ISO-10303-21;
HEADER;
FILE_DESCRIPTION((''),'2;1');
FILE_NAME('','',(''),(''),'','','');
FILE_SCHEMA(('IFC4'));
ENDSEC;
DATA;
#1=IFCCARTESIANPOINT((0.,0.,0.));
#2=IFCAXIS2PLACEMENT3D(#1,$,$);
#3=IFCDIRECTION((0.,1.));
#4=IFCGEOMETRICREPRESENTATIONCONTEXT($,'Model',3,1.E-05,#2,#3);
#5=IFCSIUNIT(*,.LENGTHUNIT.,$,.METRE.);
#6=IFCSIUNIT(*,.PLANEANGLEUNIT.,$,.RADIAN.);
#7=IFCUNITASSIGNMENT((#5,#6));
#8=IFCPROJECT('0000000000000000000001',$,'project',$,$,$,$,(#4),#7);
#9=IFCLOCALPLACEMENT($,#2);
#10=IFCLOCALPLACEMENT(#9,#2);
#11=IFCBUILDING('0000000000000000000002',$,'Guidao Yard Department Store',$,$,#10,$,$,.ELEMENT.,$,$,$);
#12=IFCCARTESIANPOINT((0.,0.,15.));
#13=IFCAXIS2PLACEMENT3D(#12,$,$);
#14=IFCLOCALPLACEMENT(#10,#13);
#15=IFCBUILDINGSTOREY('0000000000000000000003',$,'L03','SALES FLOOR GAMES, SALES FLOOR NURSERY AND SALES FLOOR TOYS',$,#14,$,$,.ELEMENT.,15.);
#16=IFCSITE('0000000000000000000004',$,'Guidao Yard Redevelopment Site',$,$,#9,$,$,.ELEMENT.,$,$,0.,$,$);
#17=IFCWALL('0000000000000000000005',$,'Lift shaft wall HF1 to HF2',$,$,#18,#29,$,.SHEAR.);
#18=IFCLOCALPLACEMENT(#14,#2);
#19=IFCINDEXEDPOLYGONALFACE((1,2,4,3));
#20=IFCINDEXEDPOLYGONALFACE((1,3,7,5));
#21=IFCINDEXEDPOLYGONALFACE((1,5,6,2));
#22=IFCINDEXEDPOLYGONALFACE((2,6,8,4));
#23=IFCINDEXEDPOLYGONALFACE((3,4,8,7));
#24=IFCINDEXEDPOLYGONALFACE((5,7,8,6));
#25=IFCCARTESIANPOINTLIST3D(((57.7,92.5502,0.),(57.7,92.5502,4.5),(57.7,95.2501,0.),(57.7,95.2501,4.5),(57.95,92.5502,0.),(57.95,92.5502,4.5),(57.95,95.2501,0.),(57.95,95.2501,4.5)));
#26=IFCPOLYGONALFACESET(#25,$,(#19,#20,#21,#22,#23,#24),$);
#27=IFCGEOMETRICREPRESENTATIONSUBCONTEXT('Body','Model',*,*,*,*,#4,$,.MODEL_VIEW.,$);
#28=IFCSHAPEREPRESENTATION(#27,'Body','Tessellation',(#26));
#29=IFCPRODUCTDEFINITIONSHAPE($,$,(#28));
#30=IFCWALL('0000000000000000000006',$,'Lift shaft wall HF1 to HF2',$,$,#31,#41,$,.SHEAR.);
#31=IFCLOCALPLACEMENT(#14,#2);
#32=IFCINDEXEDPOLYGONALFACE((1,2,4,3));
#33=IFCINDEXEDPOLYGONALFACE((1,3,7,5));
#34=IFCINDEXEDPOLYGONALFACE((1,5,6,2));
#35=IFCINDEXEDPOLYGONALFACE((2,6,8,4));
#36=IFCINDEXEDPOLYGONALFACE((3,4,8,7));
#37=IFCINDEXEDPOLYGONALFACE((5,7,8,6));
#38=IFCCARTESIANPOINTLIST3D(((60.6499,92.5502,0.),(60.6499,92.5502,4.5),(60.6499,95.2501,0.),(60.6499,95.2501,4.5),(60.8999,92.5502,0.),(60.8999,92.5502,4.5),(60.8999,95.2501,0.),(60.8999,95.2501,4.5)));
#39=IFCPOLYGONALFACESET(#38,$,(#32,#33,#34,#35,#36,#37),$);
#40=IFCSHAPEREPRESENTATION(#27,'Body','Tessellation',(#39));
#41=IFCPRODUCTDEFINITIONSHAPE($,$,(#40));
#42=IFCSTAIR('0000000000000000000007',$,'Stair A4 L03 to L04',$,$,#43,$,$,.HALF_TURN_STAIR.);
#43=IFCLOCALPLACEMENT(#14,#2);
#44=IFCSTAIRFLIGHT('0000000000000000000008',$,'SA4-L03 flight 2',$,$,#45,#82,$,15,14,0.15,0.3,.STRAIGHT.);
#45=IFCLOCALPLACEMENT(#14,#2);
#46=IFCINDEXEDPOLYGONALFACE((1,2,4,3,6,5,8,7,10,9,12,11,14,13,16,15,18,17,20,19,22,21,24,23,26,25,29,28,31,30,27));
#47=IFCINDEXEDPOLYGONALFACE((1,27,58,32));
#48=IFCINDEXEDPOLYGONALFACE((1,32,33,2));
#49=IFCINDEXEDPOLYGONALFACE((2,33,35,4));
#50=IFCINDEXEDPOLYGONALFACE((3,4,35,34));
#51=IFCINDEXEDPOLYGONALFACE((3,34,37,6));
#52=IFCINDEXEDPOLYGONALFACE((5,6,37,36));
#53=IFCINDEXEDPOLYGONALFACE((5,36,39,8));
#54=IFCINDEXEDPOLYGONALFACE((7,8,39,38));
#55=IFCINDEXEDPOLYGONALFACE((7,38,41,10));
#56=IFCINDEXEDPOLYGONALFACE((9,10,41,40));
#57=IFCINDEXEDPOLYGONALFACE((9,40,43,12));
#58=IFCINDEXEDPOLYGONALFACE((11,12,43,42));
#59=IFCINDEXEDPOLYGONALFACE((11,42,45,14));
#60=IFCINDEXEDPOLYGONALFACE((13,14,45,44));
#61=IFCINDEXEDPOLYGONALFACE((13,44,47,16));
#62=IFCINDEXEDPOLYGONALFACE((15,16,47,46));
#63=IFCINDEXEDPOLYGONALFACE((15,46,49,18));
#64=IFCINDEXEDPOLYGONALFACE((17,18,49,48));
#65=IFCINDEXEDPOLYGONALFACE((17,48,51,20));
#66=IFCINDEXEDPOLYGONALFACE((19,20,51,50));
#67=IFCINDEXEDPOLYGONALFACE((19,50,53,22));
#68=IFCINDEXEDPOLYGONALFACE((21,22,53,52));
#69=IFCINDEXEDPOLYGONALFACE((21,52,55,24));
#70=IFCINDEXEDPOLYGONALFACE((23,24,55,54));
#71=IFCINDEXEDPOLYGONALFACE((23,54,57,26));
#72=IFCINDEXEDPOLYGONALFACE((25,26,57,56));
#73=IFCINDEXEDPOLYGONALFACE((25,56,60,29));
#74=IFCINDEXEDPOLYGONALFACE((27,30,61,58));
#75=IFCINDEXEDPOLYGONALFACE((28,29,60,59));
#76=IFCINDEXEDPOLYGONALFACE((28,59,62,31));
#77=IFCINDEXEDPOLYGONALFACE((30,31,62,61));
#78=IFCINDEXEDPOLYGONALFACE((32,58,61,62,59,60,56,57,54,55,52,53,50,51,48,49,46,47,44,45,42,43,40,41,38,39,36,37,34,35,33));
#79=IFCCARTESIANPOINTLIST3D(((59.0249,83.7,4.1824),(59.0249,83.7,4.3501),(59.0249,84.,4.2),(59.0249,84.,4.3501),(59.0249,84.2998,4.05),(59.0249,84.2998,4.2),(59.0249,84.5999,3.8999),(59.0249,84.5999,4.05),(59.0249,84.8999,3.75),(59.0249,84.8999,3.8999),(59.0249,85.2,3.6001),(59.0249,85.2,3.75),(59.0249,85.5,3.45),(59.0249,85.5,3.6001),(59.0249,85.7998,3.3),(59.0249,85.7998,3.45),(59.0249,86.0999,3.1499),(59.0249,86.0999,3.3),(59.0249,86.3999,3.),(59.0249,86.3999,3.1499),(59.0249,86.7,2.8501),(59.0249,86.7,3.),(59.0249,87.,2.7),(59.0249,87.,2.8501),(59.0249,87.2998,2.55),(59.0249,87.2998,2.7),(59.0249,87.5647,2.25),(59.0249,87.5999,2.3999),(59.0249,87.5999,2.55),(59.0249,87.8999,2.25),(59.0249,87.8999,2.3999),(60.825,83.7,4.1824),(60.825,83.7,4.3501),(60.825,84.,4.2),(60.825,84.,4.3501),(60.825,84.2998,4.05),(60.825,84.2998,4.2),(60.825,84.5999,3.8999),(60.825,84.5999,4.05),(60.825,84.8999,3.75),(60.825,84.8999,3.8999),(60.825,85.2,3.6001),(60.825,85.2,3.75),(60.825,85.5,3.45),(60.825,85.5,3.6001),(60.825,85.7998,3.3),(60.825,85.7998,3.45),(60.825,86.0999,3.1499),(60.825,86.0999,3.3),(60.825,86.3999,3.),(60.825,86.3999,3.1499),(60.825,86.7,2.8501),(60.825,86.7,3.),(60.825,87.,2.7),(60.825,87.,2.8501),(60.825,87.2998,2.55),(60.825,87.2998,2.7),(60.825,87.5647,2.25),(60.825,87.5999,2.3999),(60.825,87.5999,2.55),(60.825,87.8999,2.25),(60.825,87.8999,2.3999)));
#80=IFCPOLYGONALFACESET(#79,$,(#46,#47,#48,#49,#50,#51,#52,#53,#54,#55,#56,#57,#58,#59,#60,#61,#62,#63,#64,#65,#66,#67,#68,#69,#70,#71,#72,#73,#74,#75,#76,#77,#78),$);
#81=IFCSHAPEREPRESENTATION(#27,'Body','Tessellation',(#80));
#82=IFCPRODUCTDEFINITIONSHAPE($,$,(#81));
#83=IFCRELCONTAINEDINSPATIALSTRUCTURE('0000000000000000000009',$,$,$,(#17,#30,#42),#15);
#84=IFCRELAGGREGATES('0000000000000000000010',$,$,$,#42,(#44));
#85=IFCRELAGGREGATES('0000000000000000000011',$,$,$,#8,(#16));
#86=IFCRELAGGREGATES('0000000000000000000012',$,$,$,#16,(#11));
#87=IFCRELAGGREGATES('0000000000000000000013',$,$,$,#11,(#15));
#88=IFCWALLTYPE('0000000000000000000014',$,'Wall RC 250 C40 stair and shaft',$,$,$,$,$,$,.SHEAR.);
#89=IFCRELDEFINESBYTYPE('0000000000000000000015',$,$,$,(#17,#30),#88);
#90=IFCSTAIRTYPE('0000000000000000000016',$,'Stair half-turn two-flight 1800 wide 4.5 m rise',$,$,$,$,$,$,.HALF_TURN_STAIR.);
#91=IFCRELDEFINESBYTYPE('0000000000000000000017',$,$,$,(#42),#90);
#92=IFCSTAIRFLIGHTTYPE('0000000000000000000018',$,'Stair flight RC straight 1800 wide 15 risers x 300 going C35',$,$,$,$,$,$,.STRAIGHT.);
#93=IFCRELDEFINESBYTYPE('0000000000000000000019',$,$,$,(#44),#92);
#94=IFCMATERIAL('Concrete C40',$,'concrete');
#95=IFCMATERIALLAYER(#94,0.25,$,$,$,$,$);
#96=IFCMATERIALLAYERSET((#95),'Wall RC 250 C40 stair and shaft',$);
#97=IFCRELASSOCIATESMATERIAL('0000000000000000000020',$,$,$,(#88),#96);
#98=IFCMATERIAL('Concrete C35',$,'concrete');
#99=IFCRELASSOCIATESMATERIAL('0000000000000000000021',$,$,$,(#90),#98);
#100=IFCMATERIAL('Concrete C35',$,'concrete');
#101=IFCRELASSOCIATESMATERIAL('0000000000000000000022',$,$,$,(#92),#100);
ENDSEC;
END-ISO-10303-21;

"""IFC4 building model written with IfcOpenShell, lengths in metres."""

from ifc_helpers import new_model, si_unit, direction, frame, frame_2d, origin, place, context, subcontext, project, spatial, polyline, rectangle, outline, extrude, material, layer, layer_set, type_object, element, aggregate, save


model = new_model("IFC4")

# Units and contexts
model_context = context("Model", 3, precision=1e-05, world=origin(), true_north=direction((0.0, 1.0)))
body_context = subcontext(model_context, "Body", "Model", "MODEL_VIEW")
ifc_project = project(units=[si_unit("LENGTHUNIT", "METRE"), si_unit("PLANEANGLEUNIT", "RADIAN")], contexts=[model_context])

# Site, building, storey
site_placement = place(None, origin())
site = spatial("IfcSite", under=ifc_project, at=site_placement, Name="Guidao Yard Redevelopment Site", CompositionType="ELEMENT", RefElevation=0.0)
building_placement = place(site_placement, origin())
building = spatial("IfcBuilding", under=site, at=building_placement, Name="Guidao Yard Department Store", CompositionType="ELEMENT")
storey_placement = place(building_placement, frame((0.0, 0.0, 15.0)))
storey = spatial("IfcBuildingStorey", under=building, at=storey_placement, Name="L03", Description="SALES FLOOR GAMES, SALES FLOOR NURSERY AND SALES FLOOR TOYS", CompositionType="ELEMENT", Elevation=15.0)

# Shared definitions
ifc_material_1 = material(Name="Concrete C40", Category="concrete")
ifc_layer_1 = layer(ifc_material_1, 0.25)
ifc_layer_set_1 = layer_set([ifc_layer_1], Name="Wall RC 250 C40 stair and shaft")
wall_type_1 = type_object("IfcWallType", Name="Wall RC 250 C40 stair and shaft", PredefinedType="SHEAR", material=ifc_layer_set_1)

# Walls
for number, where, z_axis, x_axis, name in (
    (1, (57.825, 92.55, 0.0), (0.0, 0.0, 1.0), (0.0, 1.0, 0.0), "Lift shaft wall HF1 to HF2"),
    (2, (60.7749, 92.55, 0.0), (0.0, 0.0, 1.0), (0.0, 1.0, 0.0), "Lift shaft wall HF1 to HF2"),
):
    element("IfcWall", number, at=place(storey_placement, frame(where, z_axis=z_axis, x_axis=x_axis)), inside=storey, type_object=wall_type_1, Name=name, PredefinedType="SHEAR", context=body_context, shape_type="SweptSolid", body=[
        extrude(rectangle(XDim=2.7, YDim=0.25, at=frame_2d((1.3501, 0.0))), origin(), (0.0, 0.0, 1.0), 4.5),
    ])

# Stair, stair flight
ifc_material_2 = material(Name="Concrete C35", Category="concrete")
stair_type = type_object("IfcStairType", Name="Stair half-turn two-flight 1800 wide 4.5 m rise", PredefinedType="HALF_TURN_STAIR", material=ifc_material_2)
stair_placement = place(storey_placement, origin())
stair = element("IfcStair", 3, at=stair_placement, inside=storey, type_object=stair_type, Name="Stair A4 L03 to L04", PredefinedType="HALF_TURN_STAIR")
ifc_material_3 = material(Name="Concrete C35", Category="concrete")
stair_flight_type = type_object("IfcStairFlightType", Name="Stair flight RC straight 1800 wide 15 risers x 300 going C35", PredefinedType="STRAIGHT", material=ifc_material_3)
stair_flight_placement = place(storey_placement, frame((59.925, 87.8999, 2.25), z_axis=(0.0, 0.0, 1.0), x_axis=(0.0, -1.0, 0.0)))
stair_flight = element("IfcStairFlight", 4, at=stair_flight_placement, type_object=stair_flight_type, Name="SA4-L03 flight 2", NumberOfRisers=15, NumberOfTreads=14, PredefinedType="STRAIGHT", RiserHeight=0.15, TreadLength=0.3, context=body_context, shape_type="SweptSolid", body=[
    extrude(outline(polyline([(0.0, 0.0), (0.0, 0.1499), (0.3, 0.1499), (0.3, 0.3), (0.6001, 0.3), (0.6001, 0.45), (0.8999, 0.45), (0.8999, 0.6001), (1.2, 0.6001), (1.2, 0.75), (1.5, 0.75), (1.5, 0.8999), (1.8, 0.8999), (1.8, 1.05), (2.1001, 1.05), (2.1001, 1.2), (2.3999, 1.2), (2.3999, 1.3501), (2.7, 1.3501), (2.7, 1.5), (3.0, 1.5), (3.0, 1.6499), (3.3, 1.6499), (3.3, 1.8), (3.6001, 1.8), (3.6001, 1.95), (3.8999, 1.95), (3.8999, 2.1001), (4.2, 2.1001), (4.2, 2.25), (4.2, 1.9324), (0.3352, 0.0), (0.0, 0.0)])), frame((0.0, 0.8999, 0.0), z_axis=(0.0, -1.0, 0.0), x_axis=(1.0, 0.0, 0.0)), (0.0, 0.0, 1.0), 1.8),
])
aggregate(stair, [stair_flight])

save(model, "model.ifc")
